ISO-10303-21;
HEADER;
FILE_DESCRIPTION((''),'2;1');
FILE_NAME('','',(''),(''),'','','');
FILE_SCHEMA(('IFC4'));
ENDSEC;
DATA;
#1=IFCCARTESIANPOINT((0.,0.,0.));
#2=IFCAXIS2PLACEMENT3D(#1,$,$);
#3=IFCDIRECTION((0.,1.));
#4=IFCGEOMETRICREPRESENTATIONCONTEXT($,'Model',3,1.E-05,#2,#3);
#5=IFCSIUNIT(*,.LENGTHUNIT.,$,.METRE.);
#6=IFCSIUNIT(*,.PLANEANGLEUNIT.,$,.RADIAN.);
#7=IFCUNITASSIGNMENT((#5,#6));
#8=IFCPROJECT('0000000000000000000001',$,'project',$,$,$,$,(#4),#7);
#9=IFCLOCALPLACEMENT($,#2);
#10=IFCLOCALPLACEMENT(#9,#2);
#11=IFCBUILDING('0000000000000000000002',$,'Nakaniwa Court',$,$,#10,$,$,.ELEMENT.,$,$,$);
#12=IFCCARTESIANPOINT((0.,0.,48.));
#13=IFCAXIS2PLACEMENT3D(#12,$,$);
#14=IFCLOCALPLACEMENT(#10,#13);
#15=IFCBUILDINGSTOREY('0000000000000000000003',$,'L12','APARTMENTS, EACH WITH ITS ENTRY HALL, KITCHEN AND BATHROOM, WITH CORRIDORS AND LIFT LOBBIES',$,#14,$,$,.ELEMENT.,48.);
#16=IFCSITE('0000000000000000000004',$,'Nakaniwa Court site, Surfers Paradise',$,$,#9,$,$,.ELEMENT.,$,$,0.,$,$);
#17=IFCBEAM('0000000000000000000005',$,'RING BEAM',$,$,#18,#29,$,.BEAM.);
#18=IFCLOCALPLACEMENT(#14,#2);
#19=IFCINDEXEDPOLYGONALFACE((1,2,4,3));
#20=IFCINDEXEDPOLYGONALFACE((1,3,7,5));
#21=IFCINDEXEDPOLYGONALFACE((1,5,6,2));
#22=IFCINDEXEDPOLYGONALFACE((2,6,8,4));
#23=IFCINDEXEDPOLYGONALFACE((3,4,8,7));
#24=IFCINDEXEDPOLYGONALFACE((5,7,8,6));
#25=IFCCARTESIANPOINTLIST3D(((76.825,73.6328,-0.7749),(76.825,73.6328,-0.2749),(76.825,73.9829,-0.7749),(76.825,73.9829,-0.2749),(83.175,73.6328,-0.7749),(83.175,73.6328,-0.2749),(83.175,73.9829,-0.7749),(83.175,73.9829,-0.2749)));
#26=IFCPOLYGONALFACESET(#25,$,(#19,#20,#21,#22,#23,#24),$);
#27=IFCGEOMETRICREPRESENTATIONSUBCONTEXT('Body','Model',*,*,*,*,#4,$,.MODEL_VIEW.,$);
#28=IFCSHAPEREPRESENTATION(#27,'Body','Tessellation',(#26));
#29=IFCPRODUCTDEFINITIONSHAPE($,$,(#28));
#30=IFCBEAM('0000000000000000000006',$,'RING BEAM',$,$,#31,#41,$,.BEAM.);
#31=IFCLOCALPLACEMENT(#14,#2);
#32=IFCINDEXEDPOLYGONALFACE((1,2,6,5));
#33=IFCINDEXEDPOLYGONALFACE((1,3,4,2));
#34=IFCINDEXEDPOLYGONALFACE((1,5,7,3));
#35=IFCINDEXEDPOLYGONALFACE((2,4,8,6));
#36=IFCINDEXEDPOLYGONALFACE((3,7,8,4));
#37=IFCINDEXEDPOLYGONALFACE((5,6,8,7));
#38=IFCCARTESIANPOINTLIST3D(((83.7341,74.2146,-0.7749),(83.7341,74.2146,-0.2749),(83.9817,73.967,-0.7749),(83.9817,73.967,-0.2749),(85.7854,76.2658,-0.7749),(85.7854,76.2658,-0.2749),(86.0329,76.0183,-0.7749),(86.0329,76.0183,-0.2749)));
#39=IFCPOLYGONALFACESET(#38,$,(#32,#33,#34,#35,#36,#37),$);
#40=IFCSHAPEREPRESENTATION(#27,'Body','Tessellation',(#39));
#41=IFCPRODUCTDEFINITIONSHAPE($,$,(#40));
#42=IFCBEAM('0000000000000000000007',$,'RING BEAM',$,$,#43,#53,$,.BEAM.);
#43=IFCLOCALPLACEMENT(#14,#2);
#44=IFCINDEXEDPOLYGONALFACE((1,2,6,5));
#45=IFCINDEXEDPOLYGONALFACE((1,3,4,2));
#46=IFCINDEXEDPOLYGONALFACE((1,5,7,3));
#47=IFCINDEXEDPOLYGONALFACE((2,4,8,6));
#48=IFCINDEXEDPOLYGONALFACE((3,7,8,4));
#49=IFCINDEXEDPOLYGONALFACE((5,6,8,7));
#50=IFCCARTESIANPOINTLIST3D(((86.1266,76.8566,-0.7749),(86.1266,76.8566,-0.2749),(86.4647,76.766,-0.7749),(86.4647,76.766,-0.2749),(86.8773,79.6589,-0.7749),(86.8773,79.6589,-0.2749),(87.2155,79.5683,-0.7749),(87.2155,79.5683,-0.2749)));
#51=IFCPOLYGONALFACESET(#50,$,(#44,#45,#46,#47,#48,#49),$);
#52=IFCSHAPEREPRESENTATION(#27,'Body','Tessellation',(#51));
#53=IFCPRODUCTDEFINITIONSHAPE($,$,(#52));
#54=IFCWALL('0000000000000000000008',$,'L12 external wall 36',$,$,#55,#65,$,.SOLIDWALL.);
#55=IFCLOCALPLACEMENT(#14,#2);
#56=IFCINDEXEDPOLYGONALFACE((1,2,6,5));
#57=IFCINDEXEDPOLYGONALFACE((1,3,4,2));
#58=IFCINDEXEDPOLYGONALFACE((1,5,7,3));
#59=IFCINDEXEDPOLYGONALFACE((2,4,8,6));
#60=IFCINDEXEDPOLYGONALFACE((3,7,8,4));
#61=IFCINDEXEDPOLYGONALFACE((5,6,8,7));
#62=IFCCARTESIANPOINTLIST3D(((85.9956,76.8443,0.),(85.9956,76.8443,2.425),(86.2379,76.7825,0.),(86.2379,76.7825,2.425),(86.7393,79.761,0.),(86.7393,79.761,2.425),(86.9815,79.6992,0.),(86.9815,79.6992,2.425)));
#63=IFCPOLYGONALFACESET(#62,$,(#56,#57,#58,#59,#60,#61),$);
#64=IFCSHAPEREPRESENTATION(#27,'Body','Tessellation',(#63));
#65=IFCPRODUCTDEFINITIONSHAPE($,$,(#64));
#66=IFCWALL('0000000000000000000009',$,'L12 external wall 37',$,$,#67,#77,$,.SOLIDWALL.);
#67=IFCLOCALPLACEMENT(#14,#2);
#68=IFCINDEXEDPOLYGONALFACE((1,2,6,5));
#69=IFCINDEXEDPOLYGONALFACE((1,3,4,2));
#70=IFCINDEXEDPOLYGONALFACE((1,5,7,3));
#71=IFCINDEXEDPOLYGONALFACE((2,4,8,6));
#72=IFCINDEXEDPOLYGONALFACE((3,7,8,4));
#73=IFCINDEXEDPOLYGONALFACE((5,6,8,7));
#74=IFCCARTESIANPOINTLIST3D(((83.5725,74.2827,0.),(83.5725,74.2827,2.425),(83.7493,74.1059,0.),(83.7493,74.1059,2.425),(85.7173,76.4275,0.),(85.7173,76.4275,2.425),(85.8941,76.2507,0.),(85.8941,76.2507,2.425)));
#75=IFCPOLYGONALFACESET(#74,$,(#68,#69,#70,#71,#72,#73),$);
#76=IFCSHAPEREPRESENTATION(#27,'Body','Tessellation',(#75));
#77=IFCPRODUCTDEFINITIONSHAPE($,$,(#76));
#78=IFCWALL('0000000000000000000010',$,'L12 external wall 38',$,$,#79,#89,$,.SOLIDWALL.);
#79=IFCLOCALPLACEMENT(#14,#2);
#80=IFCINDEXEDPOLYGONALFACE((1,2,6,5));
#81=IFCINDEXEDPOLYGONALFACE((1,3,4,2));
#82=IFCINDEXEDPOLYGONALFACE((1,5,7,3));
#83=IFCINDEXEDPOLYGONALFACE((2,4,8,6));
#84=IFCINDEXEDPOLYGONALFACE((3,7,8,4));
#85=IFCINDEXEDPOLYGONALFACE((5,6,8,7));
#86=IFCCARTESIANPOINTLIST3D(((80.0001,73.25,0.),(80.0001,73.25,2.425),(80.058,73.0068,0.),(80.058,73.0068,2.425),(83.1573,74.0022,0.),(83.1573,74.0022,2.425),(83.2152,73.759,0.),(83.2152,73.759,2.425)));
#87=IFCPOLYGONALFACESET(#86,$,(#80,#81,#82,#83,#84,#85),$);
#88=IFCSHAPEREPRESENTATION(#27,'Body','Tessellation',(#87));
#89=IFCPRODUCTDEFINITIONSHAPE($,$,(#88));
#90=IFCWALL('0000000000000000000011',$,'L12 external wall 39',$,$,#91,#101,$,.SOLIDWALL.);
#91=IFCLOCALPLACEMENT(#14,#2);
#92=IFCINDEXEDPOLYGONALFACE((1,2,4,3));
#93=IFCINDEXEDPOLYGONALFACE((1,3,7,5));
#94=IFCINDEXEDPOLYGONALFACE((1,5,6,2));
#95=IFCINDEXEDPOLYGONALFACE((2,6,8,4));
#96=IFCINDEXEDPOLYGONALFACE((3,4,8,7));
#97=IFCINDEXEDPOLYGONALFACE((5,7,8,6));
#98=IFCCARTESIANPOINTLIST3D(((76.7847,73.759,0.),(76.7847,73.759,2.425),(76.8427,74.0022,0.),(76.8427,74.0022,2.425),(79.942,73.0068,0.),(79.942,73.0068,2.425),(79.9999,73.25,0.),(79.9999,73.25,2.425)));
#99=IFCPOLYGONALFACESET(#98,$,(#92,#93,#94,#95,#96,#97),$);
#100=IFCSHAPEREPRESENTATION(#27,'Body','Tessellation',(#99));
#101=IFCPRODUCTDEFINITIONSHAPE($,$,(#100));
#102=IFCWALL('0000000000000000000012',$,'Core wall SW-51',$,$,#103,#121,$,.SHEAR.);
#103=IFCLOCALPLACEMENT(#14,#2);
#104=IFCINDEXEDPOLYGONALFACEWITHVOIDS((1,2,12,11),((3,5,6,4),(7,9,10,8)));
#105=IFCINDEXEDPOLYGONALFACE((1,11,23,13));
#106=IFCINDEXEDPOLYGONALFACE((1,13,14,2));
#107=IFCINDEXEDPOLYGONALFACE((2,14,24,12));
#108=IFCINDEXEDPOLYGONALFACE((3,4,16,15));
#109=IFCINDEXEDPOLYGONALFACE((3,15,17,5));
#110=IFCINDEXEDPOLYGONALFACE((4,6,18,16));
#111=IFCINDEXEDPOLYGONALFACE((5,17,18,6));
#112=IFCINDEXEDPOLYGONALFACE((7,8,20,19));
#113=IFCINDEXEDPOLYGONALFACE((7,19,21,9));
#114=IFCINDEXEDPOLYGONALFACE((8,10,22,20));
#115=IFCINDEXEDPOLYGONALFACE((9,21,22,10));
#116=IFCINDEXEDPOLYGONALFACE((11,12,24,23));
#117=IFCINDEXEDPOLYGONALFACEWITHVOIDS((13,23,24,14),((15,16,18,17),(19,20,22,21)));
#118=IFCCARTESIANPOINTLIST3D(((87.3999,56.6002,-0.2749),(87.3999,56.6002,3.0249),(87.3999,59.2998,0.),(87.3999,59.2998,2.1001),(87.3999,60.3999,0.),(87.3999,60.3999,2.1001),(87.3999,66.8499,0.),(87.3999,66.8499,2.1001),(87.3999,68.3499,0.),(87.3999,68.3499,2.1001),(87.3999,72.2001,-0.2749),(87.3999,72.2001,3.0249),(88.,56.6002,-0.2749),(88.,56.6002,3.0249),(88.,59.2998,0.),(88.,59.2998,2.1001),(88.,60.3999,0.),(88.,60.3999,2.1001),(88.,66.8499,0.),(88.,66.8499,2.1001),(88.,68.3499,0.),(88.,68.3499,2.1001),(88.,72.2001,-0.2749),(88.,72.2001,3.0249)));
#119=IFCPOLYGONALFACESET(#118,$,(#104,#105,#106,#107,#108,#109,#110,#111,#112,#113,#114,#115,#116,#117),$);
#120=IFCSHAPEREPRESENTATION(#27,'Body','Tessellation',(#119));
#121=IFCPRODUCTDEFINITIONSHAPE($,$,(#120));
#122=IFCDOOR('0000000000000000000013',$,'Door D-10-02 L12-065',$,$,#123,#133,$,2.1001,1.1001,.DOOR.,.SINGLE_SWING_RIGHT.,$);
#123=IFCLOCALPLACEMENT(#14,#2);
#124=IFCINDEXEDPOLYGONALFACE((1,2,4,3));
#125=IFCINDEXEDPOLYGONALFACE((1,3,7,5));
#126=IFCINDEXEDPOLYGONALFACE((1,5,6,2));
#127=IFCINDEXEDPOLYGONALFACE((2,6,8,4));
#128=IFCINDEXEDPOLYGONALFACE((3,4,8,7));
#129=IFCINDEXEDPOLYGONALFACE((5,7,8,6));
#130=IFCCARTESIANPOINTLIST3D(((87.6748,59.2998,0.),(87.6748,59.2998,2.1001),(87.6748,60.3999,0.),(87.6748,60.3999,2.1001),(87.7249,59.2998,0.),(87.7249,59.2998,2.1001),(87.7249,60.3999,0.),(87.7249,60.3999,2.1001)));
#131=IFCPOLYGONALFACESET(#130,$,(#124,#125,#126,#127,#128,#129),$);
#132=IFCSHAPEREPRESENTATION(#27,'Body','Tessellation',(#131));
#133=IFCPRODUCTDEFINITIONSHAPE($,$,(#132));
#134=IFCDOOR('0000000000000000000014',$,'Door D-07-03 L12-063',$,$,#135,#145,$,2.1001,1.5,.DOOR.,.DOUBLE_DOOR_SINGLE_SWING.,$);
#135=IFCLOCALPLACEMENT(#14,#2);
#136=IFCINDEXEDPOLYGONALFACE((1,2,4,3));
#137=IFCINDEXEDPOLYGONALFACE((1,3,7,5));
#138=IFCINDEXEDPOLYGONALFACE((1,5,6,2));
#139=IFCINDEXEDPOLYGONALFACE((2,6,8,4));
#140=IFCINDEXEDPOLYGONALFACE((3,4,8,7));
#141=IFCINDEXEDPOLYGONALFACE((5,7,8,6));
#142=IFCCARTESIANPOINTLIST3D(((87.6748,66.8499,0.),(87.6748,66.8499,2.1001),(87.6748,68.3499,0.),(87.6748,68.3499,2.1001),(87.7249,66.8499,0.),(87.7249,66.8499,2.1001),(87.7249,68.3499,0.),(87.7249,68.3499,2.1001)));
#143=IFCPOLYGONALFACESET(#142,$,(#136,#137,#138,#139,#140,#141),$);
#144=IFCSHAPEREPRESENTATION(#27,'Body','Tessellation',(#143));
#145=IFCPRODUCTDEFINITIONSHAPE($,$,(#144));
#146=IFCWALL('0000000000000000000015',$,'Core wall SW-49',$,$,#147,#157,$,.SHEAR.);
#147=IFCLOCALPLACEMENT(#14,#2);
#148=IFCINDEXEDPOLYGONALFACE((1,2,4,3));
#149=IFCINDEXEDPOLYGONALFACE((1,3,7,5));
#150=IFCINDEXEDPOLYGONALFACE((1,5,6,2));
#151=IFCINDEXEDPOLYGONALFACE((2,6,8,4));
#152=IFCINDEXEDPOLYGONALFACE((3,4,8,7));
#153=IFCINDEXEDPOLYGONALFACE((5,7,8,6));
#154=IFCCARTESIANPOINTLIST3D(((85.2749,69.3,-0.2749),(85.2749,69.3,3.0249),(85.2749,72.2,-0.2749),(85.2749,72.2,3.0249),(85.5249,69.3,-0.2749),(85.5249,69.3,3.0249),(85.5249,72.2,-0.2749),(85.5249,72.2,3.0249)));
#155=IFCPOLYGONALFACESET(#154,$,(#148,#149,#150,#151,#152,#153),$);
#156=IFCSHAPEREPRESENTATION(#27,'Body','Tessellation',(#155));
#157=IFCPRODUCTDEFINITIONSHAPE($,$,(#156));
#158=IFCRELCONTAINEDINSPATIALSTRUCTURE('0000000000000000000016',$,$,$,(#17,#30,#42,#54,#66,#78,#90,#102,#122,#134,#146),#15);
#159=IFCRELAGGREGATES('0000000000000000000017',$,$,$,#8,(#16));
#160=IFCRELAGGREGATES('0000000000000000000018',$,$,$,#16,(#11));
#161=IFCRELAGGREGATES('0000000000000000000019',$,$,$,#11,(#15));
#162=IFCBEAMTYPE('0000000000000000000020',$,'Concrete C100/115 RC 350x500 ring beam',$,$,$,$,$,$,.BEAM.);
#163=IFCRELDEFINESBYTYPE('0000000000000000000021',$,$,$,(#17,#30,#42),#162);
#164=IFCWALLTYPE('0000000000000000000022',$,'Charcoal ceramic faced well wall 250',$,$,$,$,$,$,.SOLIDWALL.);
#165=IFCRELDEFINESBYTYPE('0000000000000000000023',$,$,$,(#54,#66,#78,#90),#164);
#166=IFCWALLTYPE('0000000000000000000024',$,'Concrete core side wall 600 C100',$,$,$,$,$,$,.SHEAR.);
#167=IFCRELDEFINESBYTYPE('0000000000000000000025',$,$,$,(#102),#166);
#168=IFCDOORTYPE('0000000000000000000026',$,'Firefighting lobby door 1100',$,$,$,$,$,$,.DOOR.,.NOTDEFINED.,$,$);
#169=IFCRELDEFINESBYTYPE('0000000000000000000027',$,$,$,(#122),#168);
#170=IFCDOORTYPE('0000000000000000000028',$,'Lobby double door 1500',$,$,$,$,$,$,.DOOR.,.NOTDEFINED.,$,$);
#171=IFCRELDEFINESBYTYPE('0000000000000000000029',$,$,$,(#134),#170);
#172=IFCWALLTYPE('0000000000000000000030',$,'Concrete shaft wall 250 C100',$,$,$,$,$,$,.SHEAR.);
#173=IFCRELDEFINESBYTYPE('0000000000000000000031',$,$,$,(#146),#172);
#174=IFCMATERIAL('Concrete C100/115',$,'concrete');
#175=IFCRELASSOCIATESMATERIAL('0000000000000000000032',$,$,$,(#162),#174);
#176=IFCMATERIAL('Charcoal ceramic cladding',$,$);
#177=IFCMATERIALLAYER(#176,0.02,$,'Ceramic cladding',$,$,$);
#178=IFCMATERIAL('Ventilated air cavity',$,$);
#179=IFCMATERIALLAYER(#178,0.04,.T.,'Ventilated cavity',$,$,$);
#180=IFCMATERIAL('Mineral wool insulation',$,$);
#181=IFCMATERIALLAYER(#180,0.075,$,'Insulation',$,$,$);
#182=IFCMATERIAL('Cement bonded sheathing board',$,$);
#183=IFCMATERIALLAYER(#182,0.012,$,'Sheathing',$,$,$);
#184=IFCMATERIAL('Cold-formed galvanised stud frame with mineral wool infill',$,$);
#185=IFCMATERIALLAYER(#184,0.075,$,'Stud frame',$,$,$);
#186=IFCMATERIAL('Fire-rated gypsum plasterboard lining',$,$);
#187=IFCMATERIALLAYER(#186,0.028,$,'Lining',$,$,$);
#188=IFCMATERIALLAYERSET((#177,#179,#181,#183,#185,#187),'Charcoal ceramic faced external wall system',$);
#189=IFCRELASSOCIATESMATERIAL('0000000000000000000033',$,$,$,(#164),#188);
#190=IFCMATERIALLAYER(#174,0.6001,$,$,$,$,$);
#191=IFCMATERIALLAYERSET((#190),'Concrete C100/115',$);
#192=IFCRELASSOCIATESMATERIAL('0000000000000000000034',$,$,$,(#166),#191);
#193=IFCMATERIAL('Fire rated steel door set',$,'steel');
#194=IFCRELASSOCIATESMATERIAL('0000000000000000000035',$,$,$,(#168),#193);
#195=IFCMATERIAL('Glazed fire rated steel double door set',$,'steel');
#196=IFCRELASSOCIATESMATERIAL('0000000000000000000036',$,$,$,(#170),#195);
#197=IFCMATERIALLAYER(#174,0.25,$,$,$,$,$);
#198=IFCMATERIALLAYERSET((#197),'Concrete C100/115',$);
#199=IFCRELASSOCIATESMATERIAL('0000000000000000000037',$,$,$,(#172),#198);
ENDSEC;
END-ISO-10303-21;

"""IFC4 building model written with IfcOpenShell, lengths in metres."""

from ifc_helpers import new_model, si_unit, direction, frame, frame_2d, origin, origin_2d, place, context, subcontext, project, spatial, rectangle, extrude, material, layer, layer_set, material_profile, profile_set, type_object, element, fill, save


model = new_model("IFC4")

# Units and contexts
model_context = context("Model", 3, precision=1e-05, world=origin(), true_north=direction((0.0, 1.0)))
body_context = subcontext(model_context, "Body", "Model", "MODEL_VIEW")
ifc_project = project(units=[si_unit("LENGTHUNIT", "METRE"), si_unit("PLANEANGLEUNIT", "RADIAN")], contexts=[model_context])

# Site, building, storey
site_placement = place(None, origin())
site = spatial("IfcSite", under=ifc_project, at=site_placement, Name="Nakaniwa Court site, Surfers Paradise", CompositionType="ELEMENT", RefElevation=0.0)
building_placement = place(site_placement, origin())
building = spatial("IfcBuilding", under=site, at=building_placement, Name="Nakaniwa Court", CompositionType="ELEMENT")
storey_placement = place(building_placement, frame((0.0, 0.0, 48.0)))
storey = spatial("IfcBuildingStorey", under=building, at=storey_placement, Name="L12", Description="APARTMENTS, EACH WITH ITS ENTRY HALL, KITCHEN AND BATHROOM, WITH CORRIDORS AND LIFT LOBBIES", CompositionType="ELEMENT", Elevation=48.0)

# Shared definitions
ifc_material_1 = material(Name="Concrete C100/115", Category="concrete")

# Beams
ifc_material_profile_1 = material_profile(ifc_material_1, rectangle(XDim=0.3501, YDim=0.5, at=origin_2d()), Name="Concrete C100/115 RC 350x500 ring beam")
ifc_profile_set_1 = profile_set([ifc_material_profile_1], Name="Concrete C100/115")
beam_type = type_object("IfcBeamType", Name="Concrete C100/115 RC 350x500 ring beam", PredefinedType="BEAM", material=ifc_profile_set_1)
beam_1_placement = place(storey_placement, frame((76.825, 73.8079, -0.5249), z_axis=(1.0, 0.0, 0.0), x_axis=(0.0, 1.0, 0.0)))
element("IfcBeam", 1, at=beam_1_placement, inside=storey, type_object=beam_type, Name="RING BEAM", PredefinedType="BEAM", context=body_context, shape_type="SweptSolid", body=[
    extrude(rectangle(XDim=0.3501, YDim=0.5, at=origin_2d()), origin(), (0.0, 0.0, 1.0), 6.3501),
])
beam_2_placement = place(storey_placement, frame((83.8579, 74.0908, -0.5249), z_axis=(0.707107, 0.707107, 0.0), x_axis=(-0.707107, 0.707107, 0.0)))
element("IfcBeam", 2, at=beam_2_placement, inside=storey, type_object=beam_type, Name="RING BEAM", PredefinedType="BEAM", context=body_context, shape_type="SweptSolid", body=[
    extrude(rectangle(XDim=0.3501, YDim=0.5, at=origin_2d()), origin(), (0.0, 0.0, 1.0), 2.9009),
])
beam_3_placement = place(storey_placement, frame((86.2957, 76.8113, -0.5249), z_axis=(0.258778, 0.965937, 0.0), x_axis=(-0.965937, 0.258778, 0.0)))
element("IfcBeam", 3, at=beam_3_placement, inside=storey, type_object=beam_type, Name="RING BEAM", PredefinedType="BEAM", context=body_context, shape_type="SweptSolid", body=[
    extrude(rectangle(XDim=0.3501, YDim=0.5, at=origin_2d()), origin(), (0.0, 0.0, 1.0), 2.9011),
])

# Walls
ifc_material_2 = material(Name="Charcoal ceramic cladding")
ifc_layer_1 = layer(ifc_material_2, 0.02, Name="Ceramic cladding")
ifc_material_3 = material(Name="Ventilated air cavity")
ifc_layer_2 = layer(ifc_material_3, 0.04, ventilated=True, Name="Ventilated cavity")
ifc_material_4 = material(Name="Mineral wool insulation")
ifc_layer_3 = layer(ifc_material_4, 0.075, Name="Insulation")
ifc_material_5 = material(Name="Cement bonded sheathing board")
ifc_layer_4 = layer(ifc_material_5, 0.012, Name="Sheathing")
ifc_material_6 = material(Name="Cold-formed galvanised stud frame with mineral wool infill")
ifc_layer_5 = layer(ifc_material_6, 0.075, Name="Stud frame")
ifc_material_7 = material(Name="Fire-rated gypsum plasterboard lining")
ifc_layer_6 = layer(ifc_material_7, 0.028, Name="Lining")
ifc_layer_set_1 = layer_set([ifc_layer_1, ifc_layer_2, ifc_layer_3, ifc_layer_4, ifc_layer_5, ifc_layer_6], Name="Charcoal ceramic faced external wall system")
wall_type_1 = type_object("IfcWallType", Name="Charcoal ceramic faced well wall 250", PredefinedType="SOLIDWALL", material=ifc_layer_set_1)
wall_1_placement = place(storey_placement, frame((86.8604, 79.73, 0.0), z_axis=(0.0, 0.0, 1.0), x_axis=(-0.247056, -0.969001, 0.0)))
element("IfcWall", 4, at=wall_1_placement, inside=storey, type_object=wall_type_1, Name="L12 external wall 36", PredefinedType="SOLIDWALL", context=body_context, shape_type="SweptSolid", body=[
    extrude(rectangle(XDim=3.01, YDim=0.25, at=frame_2d((1.5049, 0.0))), origin(), (0.0, 0.0, 1.0), 2.425),
])
wall_2_placement = place(storey_placement, frame((85.8057, 76.3391, 0.0), z_axis=(0.0, 0.0, 1.0), x_axis=(-0.707107, -0.707107, 0.0)))
element("IfcWall", 5, at=wall_2_placement, inside=storey, type_object=wall_type_1, Name="L12 external wall 37", PredefinedType="SOLIDWALL", context=body_context, shape_type="SweptSolid", body=[
    extrude(rectangle(XDim=3.0332, YDim=0.25, at=frame_2d((1.5166, 0.0))), origin(), (0.0, 0.0, 1.0), 2.425),
])
for number, where, z_axis, x_axis, name in (
    (6, (83.1863, 73.8806, 0.0), (0.0, 0.0, 1.0), (-0.972773, -0.23176, 0.0), "L12 external wall 38"),
    (7, (79.9709, 73.1284, 0.0), (0.0, 0.0, 1.0), (-0.972773, 0.23176, 0.0), "L12 external wall 39"),
):
    element("IfcWall", number, at=place(storey_placement, frame(where, z_axis=z_axis, x_axis=x_axis)), inside=storey, type_object=wall_type_1, Name=name, PredefinedType="SOLIDWALL", context=body_context, shape_type="SweptSolid", body=[
        extrude(rectangle(XDim=3.2456, YDim=0.25, at=frame_2d((1.6228, 0.0))), origin(), (0.0, 0.0, 1.0), 2.425),
    ])

# Wall, openings, doors
ifc_layer_7 = layer(ifc_material_1, 0.6001)
ifc_layer_set_2 = layer_set([ifc_layer_7], Name="Concrete C100/115")
wall_type_2 = type_object("IfcWallType", Name="Concrete core side wall 600 C100", PredefinedType="SHEAR", material=ifc_layer_set_2)
wall_3_placement = place(storey_placement, frame((87.7, 72.2, -0.2749), z_axis=(0.0, 0.0, 1.0), x_axis=(0.0, -1.0, 0.0)))
wall_3 = element("IfcWall", 8, at=wall_3_placement, inside=storey, type_object=wall_type_2, Name="Core wall SW-51", PredefinedType="SHEAR", context=body_context, shape_type="SweptSolid", body=[
    extrude(rectangle(XDim=15.5999, YDim=0.6001, at=frame_2d((7.7998, 0.0))), origin(), (0.0, 0.0, 1.0), 3.2998),
])
opening_1_placement = place(wall_3_placement, frame((3.8501, 0.0, 0.2749)))
opening_1 = element("IfcOpeningElement", 9, at=opening_1_placement, cuts=wall_3, PredefinedType="OPENING", context=body_context, shape_type="SweptSolid", body=[
    extrude(rectangle(XDim=1.5, YDim=2.1001, at=frame_2d((0.75, 1.05))), frame((0.0, 0.3101, 0.0), z_axis=(0.0, -1.0, 0.0), x_axis=(1.0, 0.0, 0.0)), (0.0, 0.0, 1.0), 0.6201),
])
opening_2_placement = place(wall_3_placement, frame((11.8, 0.0, 0.2749)))
opening_2 = element("IfcOpeningElement", 10, at=opening_2_placement, cuts=wall_3, PredefinedType="OPENING", context=body_context, shape_type="SweptSolid", body=[
    extrude(rectangle(XDim=1.1001, YDim=2.1001, at=frame_2d((0.55, 1.05))), frame((0.0, 0.3101, 0.0), z_axis=(0.0, -1.0, 0.0), x_axis=(1.0, 0.0, 0.0)), (0.0, 0.0, 1.0), 0.6201),
])
ifc_material_8 = material(Name="Fire rated steel door set", Category="steel")
door_type_1 = type_object("IfcDoorType", Name="Firefighting lobby door 1100", OperationType="NOTDEFINED", PredefinedType="DOOR", material=ifc_material_8)
door_1_placement = place(opening_2_placement, origin())
door_1 = element("IfcDoor", 11, at=door_1_placement, inside=storey, type_object=door_type_1, Name="Door D-10-02 L12-065", OperationType="SINGLE_SWING_RIGHT", OverallHeight=2.1001, OverallWidth=1.1001, PredefinedType="DOOR", context=body_context, shape_type="SweptSolid", body=[
    extrude(rectangle(XDim=1.1001, YDim=2.1001, at=frame_2d((0.55, 1.05))), frame((0.0, 0.0249, 0.0), z_axis=(0.0, -1.0, 0.0), x_axis=(1.0, 0.0, 0.0)), (0.0, 0.0, 1.0), 0.05),
])
fill(opening_2, door_1)
ifc_material_9 = material(Name="Glazed fire rated steel double door set", Category="steel")
door_type_2 = type_object("IfcDoorType", Name="Lobby double door 1500", OperationType="NOTDEFINED", PredefinedType="DOOR", material=ifc_material_9)
door_2_placement = place(opening_1_placement, origin())
door_2 = element("IfcDoor", 12, at=door_2_placement, inside=storey, type_object=door_type_2, Name="Door D-07-03 L12-063", OperationType="DOUBLE_DOOR_SINGLE_SWING", OverallHeight=2.1001, OverallWidth=1.5, PredefinedType="DOOR", context=body_context, shape_type="SweptSolid", body=[
    extrude(rectangle(XDim=1.5, YDim=2.1001, at=frame_2d((0.75, 1.05))), frame((0.0, 0.0249, 0.0), z_axis=(0.0, -1.0, 0.0), x_axis=(1.0, 0.0, 0.0)), (0.0, 0.0, 1.0), 0.05),
])
fill(opening_1, door_2)

# Wall
ifc_layer_8 = layer(ifc_material_1, 0.25)
ifc_layer_set_3 = layer_set([ifc_layer_8], Name="Concrete C100/115")
wall_type_3 = type_object("IfcWallType", Name="Concrete shaft wall 250 C100", PredefinedType="SHEAR", material=ifc_layer_set_3)
wall_4_placement = place(storey_placement, frame((85.3999, 69.3, -0.2749), z_axis=(0.0, 0.0, 1.0), x_axis=(0.0, 1.0, 0.0)))
element("IfcWall", 13, at=wall_4_placement, inside=storey, type_object=wall_type_3, Name="Core wall SW-49", PredefinedType="SHEAR", context=body_context, shape_type="SweptSolid", body=[
    extrude(rectangle(XDim=2.8999, YDim=0.25, at=frame_2d((1.45, 0.0))), origin(), (0.0, 0.0, 1.0), 3.2998),
])

save(model, "model.ifc")
